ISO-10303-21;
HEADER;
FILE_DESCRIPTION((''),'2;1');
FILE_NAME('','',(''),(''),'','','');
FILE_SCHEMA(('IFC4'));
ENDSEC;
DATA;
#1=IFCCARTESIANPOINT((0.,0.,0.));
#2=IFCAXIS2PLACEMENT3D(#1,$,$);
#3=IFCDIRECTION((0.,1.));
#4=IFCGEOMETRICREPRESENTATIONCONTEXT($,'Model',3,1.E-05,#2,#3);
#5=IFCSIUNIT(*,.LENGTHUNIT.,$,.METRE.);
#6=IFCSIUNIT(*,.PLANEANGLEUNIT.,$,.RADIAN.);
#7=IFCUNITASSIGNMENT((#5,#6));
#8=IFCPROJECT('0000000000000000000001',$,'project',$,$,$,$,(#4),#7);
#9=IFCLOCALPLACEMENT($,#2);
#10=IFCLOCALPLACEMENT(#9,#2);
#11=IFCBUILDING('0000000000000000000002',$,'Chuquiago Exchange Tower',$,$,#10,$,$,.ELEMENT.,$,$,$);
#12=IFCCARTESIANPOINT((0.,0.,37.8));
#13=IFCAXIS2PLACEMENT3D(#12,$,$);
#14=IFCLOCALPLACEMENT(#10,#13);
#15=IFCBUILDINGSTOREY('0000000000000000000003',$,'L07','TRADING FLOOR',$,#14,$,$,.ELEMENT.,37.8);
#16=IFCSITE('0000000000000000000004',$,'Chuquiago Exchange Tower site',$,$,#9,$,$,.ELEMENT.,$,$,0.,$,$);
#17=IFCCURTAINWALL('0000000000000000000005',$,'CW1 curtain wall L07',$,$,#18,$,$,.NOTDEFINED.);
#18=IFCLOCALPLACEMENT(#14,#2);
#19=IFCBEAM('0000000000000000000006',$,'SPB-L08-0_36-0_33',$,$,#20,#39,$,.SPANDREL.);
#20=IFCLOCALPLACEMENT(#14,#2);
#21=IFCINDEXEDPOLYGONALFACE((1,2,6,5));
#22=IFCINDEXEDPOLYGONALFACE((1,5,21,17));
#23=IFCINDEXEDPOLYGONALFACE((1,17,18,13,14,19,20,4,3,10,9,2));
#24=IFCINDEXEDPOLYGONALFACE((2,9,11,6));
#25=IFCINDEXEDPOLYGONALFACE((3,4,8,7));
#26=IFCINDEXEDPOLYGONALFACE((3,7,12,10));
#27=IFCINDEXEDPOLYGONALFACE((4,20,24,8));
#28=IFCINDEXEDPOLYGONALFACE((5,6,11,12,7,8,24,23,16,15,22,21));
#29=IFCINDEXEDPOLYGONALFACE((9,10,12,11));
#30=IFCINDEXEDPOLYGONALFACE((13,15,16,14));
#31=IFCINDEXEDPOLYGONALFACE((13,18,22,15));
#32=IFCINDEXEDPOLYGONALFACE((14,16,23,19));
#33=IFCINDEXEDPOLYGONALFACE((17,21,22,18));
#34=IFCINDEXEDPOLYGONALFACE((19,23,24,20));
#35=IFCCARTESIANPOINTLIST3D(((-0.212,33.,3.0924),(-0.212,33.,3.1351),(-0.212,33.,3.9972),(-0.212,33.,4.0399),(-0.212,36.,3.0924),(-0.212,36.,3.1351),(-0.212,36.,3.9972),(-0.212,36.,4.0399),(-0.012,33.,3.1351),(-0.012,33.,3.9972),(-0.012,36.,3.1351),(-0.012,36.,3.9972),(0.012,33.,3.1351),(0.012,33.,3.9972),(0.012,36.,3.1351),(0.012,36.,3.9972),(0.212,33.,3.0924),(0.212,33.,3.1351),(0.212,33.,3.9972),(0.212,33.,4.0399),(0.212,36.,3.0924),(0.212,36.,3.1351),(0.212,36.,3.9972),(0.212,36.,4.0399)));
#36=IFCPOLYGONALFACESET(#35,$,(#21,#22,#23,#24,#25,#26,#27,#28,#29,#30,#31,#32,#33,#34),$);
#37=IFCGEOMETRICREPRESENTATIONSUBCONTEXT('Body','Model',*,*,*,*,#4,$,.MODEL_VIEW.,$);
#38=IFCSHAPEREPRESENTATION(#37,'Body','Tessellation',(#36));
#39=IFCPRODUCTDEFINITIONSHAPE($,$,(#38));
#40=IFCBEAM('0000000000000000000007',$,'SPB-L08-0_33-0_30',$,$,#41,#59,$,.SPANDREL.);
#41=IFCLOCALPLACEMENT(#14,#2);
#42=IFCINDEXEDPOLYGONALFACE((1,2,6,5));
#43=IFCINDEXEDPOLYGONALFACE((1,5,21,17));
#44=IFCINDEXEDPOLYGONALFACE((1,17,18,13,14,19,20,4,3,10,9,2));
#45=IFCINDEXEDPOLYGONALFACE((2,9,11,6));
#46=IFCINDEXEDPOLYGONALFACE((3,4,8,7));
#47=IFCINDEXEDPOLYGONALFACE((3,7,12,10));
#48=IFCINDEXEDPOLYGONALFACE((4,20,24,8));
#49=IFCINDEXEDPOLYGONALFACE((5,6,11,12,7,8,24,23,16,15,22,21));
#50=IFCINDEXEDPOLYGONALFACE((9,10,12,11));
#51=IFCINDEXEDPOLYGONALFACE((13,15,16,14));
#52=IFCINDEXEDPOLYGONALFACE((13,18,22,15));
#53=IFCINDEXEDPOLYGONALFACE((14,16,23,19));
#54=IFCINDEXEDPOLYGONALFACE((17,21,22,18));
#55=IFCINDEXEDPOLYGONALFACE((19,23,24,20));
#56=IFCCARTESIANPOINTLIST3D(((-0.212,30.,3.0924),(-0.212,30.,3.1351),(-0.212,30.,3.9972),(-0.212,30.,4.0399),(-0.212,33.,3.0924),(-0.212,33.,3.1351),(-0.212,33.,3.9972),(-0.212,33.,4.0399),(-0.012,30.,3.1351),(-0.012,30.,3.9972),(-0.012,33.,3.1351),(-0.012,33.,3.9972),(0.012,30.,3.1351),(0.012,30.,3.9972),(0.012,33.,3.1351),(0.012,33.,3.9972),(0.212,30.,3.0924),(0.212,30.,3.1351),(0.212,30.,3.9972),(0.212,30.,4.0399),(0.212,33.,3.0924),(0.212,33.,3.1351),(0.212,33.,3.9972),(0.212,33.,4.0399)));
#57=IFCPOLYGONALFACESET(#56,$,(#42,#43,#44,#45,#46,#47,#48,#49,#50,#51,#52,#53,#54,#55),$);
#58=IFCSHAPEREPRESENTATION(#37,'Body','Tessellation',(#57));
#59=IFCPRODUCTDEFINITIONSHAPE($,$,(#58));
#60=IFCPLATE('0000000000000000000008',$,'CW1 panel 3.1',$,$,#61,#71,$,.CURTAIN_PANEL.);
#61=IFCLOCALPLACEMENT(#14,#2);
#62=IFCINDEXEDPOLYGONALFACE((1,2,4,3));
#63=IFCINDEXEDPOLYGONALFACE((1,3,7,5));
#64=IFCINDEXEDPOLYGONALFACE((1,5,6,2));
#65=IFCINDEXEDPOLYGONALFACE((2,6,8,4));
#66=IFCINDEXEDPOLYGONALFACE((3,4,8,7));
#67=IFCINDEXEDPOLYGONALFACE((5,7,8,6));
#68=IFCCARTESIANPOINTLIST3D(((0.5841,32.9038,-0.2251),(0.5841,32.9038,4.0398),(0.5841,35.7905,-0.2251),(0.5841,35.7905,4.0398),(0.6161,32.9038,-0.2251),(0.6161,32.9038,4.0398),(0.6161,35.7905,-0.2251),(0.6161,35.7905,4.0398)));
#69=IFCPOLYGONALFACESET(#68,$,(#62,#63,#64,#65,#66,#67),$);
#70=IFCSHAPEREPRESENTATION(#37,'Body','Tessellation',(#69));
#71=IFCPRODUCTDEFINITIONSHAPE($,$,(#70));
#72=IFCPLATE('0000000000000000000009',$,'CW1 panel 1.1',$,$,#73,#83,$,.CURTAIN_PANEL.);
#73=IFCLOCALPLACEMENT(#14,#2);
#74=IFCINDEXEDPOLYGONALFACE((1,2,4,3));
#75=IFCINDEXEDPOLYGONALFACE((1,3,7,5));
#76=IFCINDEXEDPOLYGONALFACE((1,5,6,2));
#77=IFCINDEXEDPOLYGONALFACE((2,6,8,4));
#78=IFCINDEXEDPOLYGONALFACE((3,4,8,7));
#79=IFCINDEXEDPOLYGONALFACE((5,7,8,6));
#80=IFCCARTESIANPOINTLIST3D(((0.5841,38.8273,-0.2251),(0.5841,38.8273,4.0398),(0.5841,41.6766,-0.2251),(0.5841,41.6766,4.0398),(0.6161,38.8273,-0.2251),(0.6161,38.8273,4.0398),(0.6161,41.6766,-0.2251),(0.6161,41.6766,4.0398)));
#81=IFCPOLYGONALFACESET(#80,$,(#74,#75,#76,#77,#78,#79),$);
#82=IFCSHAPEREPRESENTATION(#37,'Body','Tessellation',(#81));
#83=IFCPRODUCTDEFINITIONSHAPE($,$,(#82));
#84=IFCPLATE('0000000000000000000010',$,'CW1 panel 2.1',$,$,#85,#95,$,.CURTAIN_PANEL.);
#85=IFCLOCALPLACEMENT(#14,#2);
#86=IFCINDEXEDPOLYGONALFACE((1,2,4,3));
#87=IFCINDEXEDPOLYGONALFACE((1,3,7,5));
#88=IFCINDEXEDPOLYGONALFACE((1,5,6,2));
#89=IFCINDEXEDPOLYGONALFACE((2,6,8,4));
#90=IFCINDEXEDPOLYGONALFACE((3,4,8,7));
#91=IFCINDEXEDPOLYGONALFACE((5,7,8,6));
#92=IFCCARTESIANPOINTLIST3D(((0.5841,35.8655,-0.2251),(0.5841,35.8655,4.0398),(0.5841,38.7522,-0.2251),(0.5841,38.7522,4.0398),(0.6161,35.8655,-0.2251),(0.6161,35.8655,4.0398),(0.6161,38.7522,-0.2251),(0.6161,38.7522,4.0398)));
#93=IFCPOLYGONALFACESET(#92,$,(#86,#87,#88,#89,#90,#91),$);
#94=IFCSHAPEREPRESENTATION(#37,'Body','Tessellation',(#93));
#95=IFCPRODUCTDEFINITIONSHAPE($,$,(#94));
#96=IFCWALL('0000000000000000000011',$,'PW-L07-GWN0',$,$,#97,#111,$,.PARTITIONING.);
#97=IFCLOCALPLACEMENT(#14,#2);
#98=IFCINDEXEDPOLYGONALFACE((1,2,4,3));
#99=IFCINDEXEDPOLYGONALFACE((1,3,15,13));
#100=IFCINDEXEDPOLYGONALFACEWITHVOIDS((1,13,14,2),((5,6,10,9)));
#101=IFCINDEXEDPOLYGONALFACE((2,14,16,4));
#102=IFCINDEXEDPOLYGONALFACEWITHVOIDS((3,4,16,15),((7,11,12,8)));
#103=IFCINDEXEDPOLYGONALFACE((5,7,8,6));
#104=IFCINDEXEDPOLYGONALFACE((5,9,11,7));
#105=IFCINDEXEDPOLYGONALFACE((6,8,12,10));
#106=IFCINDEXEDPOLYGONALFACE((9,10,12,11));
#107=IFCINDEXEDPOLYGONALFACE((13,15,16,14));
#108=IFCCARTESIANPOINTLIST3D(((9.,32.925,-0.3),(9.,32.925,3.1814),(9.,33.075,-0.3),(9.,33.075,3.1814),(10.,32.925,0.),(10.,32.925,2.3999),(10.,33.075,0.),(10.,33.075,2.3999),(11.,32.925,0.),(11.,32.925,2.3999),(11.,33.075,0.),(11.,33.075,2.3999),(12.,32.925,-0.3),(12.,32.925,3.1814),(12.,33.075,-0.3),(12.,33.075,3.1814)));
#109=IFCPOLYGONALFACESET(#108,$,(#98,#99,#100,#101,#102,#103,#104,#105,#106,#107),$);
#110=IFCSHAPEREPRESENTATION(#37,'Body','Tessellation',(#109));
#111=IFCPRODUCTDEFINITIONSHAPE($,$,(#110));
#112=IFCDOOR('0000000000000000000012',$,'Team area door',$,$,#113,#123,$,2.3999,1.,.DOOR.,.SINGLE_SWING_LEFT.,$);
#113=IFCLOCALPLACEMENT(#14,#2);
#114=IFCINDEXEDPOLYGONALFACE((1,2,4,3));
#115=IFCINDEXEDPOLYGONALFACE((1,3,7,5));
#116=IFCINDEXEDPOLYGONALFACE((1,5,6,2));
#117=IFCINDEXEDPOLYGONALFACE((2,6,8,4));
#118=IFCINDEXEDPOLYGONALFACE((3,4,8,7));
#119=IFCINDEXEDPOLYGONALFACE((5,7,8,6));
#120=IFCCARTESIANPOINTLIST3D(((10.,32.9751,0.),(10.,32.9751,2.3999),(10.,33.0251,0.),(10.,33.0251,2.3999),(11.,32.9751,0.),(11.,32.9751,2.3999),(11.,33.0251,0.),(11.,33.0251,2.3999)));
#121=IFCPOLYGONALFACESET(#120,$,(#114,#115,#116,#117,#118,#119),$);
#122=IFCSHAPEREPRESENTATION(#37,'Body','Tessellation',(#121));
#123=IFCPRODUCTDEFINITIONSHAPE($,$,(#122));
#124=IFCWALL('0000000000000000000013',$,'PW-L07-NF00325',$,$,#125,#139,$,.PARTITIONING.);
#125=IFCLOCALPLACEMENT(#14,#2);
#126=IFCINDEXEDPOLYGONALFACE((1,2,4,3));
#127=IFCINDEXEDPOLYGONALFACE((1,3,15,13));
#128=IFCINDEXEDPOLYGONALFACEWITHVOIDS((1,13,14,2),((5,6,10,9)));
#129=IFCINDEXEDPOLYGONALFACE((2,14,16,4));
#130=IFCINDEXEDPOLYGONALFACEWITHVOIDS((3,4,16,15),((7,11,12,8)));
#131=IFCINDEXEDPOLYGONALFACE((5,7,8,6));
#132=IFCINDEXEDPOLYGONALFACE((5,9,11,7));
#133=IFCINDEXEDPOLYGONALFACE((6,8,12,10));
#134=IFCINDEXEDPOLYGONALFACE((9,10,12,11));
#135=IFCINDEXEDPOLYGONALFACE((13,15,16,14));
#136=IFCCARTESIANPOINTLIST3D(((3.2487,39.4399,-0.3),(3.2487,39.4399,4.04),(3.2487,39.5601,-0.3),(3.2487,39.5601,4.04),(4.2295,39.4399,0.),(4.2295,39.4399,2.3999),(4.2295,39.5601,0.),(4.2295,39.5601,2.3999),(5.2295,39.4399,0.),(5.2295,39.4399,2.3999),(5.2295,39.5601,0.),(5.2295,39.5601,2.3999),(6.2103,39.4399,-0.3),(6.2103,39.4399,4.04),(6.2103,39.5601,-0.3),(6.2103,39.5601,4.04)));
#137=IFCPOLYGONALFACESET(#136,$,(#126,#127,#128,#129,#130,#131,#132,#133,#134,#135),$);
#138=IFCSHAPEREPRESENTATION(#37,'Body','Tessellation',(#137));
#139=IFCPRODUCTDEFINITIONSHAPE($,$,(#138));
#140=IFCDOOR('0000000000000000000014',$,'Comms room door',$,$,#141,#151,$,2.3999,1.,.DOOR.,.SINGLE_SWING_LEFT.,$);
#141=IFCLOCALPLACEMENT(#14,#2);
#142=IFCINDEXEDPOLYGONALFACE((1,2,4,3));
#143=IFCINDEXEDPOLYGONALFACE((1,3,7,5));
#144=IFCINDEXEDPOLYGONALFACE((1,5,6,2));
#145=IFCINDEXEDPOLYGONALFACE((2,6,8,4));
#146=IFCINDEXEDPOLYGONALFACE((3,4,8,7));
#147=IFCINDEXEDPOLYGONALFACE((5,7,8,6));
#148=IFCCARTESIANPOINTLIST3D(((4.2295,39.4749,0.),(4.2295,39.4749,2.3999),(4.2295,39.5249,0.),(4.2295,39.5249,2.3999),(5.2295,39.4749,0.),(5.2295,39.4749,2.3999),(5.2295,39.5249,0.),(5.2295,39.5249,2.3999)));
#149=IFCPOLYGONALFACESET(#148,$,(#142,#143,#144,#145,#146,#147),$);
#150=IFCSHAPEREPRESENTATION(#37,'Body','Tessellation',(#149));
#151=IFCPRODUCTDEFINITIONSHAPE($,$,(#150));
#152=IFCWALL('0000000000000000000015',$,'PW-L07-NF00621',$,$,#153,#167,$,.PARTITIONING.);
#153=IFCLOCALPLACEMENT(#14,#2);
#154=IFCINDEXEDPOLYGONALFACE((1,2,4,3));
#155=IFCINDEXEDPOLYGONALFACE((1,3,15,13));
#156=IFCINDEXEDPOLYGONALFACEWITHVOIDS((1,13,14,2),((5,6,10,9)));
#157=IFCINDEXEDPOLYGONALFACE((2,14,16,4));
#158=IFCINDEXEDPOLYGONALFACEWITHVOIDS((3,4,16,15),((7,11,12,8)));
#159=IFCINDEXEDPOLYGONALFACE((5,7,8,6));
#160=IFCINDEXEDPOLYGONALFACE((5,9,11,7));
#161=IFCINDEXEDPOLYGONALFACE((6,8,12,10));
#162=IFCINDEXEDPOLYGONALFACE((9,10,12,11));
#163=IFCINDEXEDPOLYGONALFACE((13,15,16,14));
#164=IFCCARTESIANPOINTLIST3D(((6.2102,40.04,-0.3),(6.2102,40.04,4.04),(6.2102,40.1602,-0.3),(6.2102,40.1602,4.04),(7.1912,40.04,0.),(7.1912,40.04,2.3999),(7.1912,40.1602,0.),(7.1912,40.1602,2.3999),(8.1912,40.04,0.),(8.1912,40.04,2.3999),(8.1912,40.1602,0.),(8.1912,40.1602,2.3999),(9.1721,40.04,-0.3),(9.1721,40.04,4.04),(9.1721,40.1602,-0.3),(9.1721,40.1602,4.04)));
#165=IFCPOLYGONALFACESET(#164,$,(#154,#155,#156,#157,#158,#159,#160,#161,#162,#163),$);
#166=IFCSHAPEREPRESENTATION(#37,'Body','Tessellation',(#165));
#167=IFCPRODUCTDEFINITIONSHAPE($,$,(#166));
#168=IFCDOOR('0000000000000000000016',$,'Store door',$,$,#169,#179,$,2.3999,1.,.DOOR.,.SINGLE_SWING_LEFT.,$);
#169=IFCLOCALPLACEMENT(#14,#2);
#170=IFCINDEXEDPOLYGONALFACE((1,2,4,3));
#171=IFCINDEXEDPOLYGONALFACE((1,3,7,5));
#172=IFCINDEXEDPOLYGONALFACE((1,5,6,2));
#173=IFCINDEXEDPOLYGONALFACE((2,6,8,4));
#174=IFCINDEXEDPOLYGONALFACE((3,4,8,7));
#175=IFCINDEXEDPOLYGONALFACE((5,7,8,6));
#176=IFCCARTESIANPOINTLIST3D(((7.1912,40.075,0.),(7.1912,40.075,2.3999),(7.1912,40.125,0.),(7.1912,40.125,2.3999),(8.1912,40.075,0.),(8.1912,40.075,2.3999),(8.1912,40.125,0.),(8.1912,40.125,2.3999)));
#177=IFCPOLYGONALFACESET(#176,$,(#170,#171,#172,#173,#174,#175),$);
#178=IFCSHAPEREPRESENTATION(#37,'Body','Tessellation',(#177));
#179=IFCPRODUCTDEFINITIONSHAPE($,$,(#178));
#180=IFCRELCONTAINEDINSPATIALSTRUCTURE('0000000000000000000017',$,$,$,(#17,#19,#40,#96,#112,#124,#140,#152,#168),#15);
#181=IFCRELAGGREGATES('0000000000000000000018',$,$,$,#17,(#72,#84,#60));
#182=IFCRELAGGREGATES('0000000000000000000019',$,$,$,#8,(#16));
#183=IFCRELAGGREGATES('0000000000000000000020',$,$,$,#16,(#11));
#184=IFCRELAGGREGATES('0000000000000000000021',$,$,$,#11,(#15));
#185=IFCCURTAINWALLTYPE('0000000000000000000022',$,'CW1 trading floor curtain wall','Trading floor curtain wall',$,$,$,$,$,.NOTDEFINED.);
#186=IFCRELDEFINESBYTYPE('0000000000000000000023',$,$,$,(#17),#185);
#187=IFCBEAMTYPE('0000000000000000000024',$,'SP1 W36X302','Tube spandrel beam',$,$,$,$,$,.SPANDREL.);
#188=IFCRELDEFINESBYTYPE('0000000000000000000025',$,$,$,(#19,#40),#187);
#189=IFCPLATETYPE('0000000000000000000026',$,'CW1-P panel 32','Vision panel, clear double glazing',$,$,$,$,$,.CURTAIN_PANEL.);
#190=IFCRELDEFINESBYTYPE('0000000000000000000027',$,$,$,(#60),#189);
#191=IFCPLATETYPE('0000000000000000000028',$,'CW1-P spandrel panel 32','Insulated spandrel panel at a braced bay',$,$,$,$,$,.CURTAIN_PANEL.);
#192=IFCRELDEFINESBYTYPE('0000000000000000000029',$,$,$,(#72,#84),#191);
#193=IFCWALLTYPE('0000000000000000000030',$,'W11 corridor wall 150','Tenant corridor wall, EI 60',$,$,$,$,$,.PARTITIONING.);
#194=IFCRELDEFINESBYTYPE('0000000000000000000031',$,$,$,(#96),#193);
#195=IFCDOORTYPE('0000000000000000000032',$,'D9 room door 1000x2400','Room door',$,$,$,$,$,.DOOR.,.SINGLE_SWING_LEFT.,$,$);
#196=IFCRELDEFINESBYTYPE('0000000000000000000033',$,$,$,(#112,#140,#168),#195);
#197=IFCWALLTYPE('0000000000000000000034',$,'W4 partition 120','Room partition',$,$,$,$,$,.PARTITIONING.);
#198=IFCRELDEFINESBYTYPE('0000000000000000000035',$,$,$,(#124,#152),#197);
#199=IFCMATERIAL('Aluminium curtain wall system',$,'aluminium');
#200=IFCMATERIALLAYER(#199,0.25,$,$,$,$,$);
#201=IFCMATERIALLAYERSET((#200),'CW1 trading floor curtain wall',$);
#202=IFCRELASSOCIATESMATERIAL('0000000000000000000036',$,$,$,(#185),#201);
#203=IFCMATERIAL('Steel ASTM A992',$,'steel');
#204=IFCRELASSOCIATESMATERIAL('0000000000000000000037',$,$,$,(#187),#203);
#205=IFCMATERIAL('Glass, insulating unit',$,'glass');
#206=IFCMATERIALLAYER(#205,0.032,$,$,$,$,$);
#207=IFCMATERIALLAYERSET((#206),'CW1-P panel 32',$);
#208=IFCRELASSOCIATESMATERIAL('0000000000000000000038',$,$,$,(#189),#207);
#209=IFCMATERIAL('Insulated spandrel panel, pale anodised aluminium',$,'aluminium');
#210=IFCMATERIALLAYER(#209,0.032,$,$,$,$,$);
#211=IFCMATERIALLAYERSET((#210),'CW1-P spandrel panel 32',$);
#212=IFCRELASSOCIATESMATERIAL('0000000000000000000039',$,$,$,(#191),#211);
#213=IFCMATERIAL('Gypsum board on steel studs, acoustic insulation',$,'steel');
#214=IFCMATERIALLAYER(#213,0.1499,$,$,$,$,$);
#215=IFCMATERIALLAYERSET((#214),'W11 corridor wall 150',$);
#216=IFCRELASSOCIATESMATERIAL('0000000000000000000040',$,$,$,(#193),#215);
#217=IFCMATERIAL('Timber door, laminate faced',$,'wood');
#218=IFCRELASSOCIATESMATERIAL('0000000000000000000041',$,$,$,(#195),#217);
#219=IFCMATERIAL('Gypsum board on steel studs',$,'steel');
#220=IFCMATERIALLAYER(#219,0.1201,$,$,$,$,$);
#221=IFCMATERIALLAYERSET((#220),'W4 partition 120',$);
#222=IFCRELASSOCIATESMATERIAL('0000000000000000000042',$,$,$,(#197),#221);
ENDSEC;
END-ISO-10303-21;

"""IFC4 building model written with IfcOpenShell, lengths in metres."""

from ifc_helpers import new_model, si_unit, direction, frame, frame_2d, origin, origin_2d, place, context, subcontext, project, spatial, rectangle, i_section, extrude, material, layer, layer_set, material_profile, profile_set, type_object, element, fill, aggregate, save


model = new_model("IFC4")

# Units and contexts
model_context = context("Model", 3, precision=1e-05, world=origin(), true_north=direction((0.0, 1.0)))
body_context = subcontext(model_context, "Body", "Model", "MODEL_VIEW")
ifc_project = project(units=[si_unit("LENGTHUNIT", "METRE"), si_unit("PLANEANGLEUNIT", "RADIAN")], contexts=[model_context])

# Site, building, storey
site_placement = place(None, origin())
site = spatial("IfcSite", under=ifc_project, at=site_placement, Name="Chuquiago Exchange Tower site", CompositionType="ELEMENT", RefElevation=0.0)
building_placement = place(site_placement, origin())
building = spatial("IfcBuilding", under=site, at=building_placement, Name="Chuquiago Exchange Tower", CompositionType="ELEMENT")
storey_placement = place(building_placement, frame((0.0, 0.0, 37.8)))
storey = spatial("IfcBuildingStorey", under=building, at=storey_placement, Name="L07", Description="TRADING FLOOR", CompositionType="ELEMENT", Elevation=37.8)

# Curtain wall
ifc_material_1 = material(Name="Aluminium curtain wall system", Category="aluminium")
ifc_layer_1 = layer(ifc_material_1, 0.25)
ifc_layer_set_1 = layer_set([ifc_layer_1], Name="CW1 trading floor curtain wall")
curtain_wall_type_1 = type_object("IfcCurtainWallType", Name="CW1 trading floor curtain wall", Description="Trading floor curtain wall", PredefinedType="NOTDEFINED", material=ifc_layer_set_1)
curtain_wall_1_placement = place(storey_placement, origin())
curtain_wall_1 = element("IfcCurtainWall", 1, at=curtain_wall_1_placement, inside=storey, type_object=curtain_wall_type_1, Name="CW1 curtain wall L07", PredefinedType="NOTDEFINED")

# Beams
ifc_material_2 = material(Name="Steel ASTM A992", Category="steel")
ifc_material_profile_1 = material_profile(ifc_material_2, i_section(OverallWidth=0.4241, OverallDepth=0.9475, WebThickness=0.0239, FlangeThickness=0.0427, at=origin_2d()), Name="W36X302")
ifc_profile_set_1 = profile_set([ifc_material_profile_1], Name="Steel ASTM A992")
beam_type = type_object("IfcBeamType", Name="SP1 W36X302", Description="Tube spandrel beam", PredefinedType="SPANDREL", material=ifc_profile_set_1)
for number, where, z_axis, x_axis, name in (
    (2, (0.0, 36.0, 3.5662), (0.0, -1.0, 0.0), (1.0, 0.0, 0.0), "SPB-L08-0_36-0_33"),
    (3, (0.0, 33.0, 3.5662), (0.0, -1.0, 0.0), (1.0, 0.0, 0.0), "SPB-L08-0_33-0_30"),
):
    element("IfcBeam", number, at=place(storey_placement, frame(where, z_axis=z_axis, x_axis=x_axis)), inside=storey, type_object=beam_type, Name=name, PredefinedType="SPANDREL", context=body_context, shape_type="SweptSolid", body=[
        extrude(i_section(OverallWidth=0.4241, OverallDepth=0.9475, WebThickness=0.0239, FlangeThickness=0.0427, at=origin_2d()), origin(), (0.0, 0.0, 1.0), 3.0),
    ])

# Plates
ifc_material_3 = material(Name="Glass, insulating unit", Category="glass")
ifc_layer_2 = layer(ifc_material_3, 0.032)
ifc_layer_set_2 = layer_set([ifc_layer_2], Name="CW1-P panel 32")
plate_type_1 = type_object("IfcPlateType", Name="CW1-P panel 32", Description="Vision panel, clear double glazing", PredefinedType="CURTAIN_PANEL", material=ifc_layer_set_2)
plate_1_placement = place(storey_placement, frame((0.6001, 34.3472, -0.2251), z_axis=(0.0, 0.0, 1.0), x_axis=(0.0, -1.0, 0.0)))
plate_1 = element("IfcPlate", 4, at=plate_1_placement, type_object=plate_type_1, Name="CW1 panel 3.1", PredefinedType="CURTAIN_PANEL", context=body_context, shape_type="SweptSolid", body=[
    extrude(rectangle(XDim=2.8867, YDim=0.032, at=origin_2d()), origin(), (0.0, 0.0, 1.0), 4.2649),
])
ifc_material_4 = material(Name="Insulated spandrel panel, pale anodised aluminium", Category="aluminium")
ifc_layer_3 = layer(ifc_material_4, 0.032)
ifc_layer_set_3 = layer_set([ifc_layer_3], Name="CW1-P spandrel panel 32")
plate_type_2 = type_object("IfcPlateType", Name="CW1-P spandrel panel 32", Description="Insulated spandrel panel at a braced bay", PredefinedType="CURTAIN_PANEL", material=ifc_layer_set_3)
plate_2_placement = place(storey_placement, frame((0.6001, 40.252, -0.2251), z_axis=(0.0, 0.0, 1.0), x_axis=(0.0, -1.0, 0.0)))
plate_2 = element("IfcPlate", 5, at=plate_2_placement, type_object=plate_type_2, Name="CW1 panel 1.1", PredefinedType="CURTAIN_PANEL", context=body_context, shape_type="SweptSolid", body=[
    extrude(rectangle(XDim=2.8494, YDim=0.032, at=origin_2d()), origin(), (0.0, 0.0, 1.0), 4.2649),
])
plate_3_placement = place(storey_placement, frame((0.6001, 37.3088, -0.2251), z_axis=(0.0, 0.0, 1.0), x_axis=(0.0, -1.0, 0.0)))
plate_3 = element("IfcPlate", 6, at=plate_3_placement, type_object=plate_type_2, Name="CW1 panel 2.1", PredefinedType="CURTAIN_PANEL", context=body_context, shape_type="SweptSolid", body=[
    extrude(rectangle(XDim=2.8867, YDim=0.032, at=origin_2d()), origin(), (0.0, 0.0, 1.0), 4.2649),
])
aggregate(curtain_wall_1, [plate_2, plate_3, plate_1])

# Walls, openings, doors
ifc_material_5 = material(Name="Gypsum board on steel studs, acoustic insulation", Category="steel")
ifc_layer_4 = layer(ifc_material_5, 0.1499)
ifc_layer_set_4 = layer_set([ifc_layer_4], Name="W11 corridor wall 150")
wall_type_1 = type_object("IfcWallType", Name="W11 corridor wall 150", Description="Tenant corridor wall, EI 60", PredefinedType="PARTITIONING", material=ifc_layer_set_4)
wall_1_placement = place(storey_placement, frame((9.0, 33.0, -0.3), z_axis=(0.0, 0.0, 1.0), x_axis=(1.0, 0.0, 0.0)))
wall_1 = element("IfcWall", 7, at=wall_1_placement, inside=storey, type_object=wall_type_1, Name="PW-L07-GWN0", PredefinedType="PARTITIONING", context=body_context, shape_type="SweptSolid", body=[
    extrude(rectangle(XDim=3.0, YDim=0.1499, at=frame_2d((1.5, 0.0))), origin(), (0.0, 0.0, 1.0), 3.4814),
])
opening_1_placement = place(wall_1_placement, frame((1.0, 0.0, 0.3)))
opening_1 = element("IfcOpeningElement", 8, at=opening_1_placement, cuts=wall_1, PredefinedType="OPENING", context=body_context, shape_type="SweptSolid", body=[
    extrude(rectangle(XDim=1.0, YDim=2.3999, at=frame_2d((0.5, 1.2))), frame((0.0, 0.085, 0.0), z_axis=(0.0, -1.0, 0.0), x_axis=(1.0, 0.0, 0.0)), (0.0, 0.0, 1.0), 0.1699),
])
ifc_material_6 = material(Name="Timber door, laminate faced", Category="wood")
door_type = type_object("IfcDoorType", Name="D9 room door 1000x2400", Description="Room door", OperationType="SINGLE_SWING_LEFT", PredefinedType="DOOR", material=ifc_material_6)
door_1_placement = place(opening_1_placement, frame((1.0, 0.0, 0.0), z_axis=(0.0, 0.0, 1.0), x_axis=(-1.0, 0.0, 0.0)))
door_1 = element("IfcDoor", 9, at=door_1_placement, inside=storey, type_object=door_type, Name="Team area door", OperationType="SINGLE_SWING_LEFT", OverallHeight=2.3999, OverallWidth=1.0, PredefinedType="DOOR", context=body_context, shape_type="SweptSolid", body=[
    extrude(rectangle(XDim=1.0, YDim=2.3999, at=frame_2d((0.5, 1.2))), frame((0.0, 0.0249, 0.0), z_axis=(0.0, -1.0, 0.0), x_axis=(1.0, 0.0, 0.0)), (0.0, 0.0, 1.0), 0.05),
])
fill(opening_1, door_1)
ifc_material_7 = material(Name="Gypsum board on steel studs", Category="steel")
ifc_layer_5 = layer(ifc_material_7, 0.1201)
ifc_layer_set_5 = layer_set([ifc_layer_5], Name="W4 partition 120")
wall_type_2 = type_object("IfcWallType", Name="W4 partition 120", Description="Room partition", PredefinedType="PARTITIONING", material=ifc_layer_set_5)
wall_2_placement = place(storey_placement, frame((3.2485, 39.5, -0.3), z_axis=(0.0, 0.0, 1.0), x_axis=(1.0, 0.0, 0.0)))
wall_2 = element("IfcWall", 10, at=wall_2_placement, inside=storey, type_object=wall_type_2, Name="PW-L07-NF00325", PredefinedType="PARTITIONING", context=body_context, shape_type="SweptSolid", body=[
    extrude(rectangle(XDim=2.9617, YDim=0.1201, at=frame_2d((1.481, 0.0))), origin(), (0.0, 0.0, 1.0), 4.3401),
])
opening_2_placement = place(wall_2_placement, frame((0.981, 0.0, 0.3)))
opening_2 = element("IfcOpeningElement", 11, at=opening_2_placement, cuts=wall_2, PredefinedType="OPENING", context=body_context, shape_type="SweptSolid", body=[
    extrude(rectangle(XDim=1.0, YDim=2.3999, at=frame_2d((0.5, 1.2))), frame((0.0, 0.0701, 0.0), z_axis=(0.0, -1.0, 0.0), x_axis=(1.0, 0.0, 0.0)), (0.0, 0.0, 1.0), 0.1401),
])
door_2_placement = place(opening_2_placement, origin())
door_2 = element("IfcDoor", 12, at=door_2_placement, inside=storey, type_object=door_type, Name="Comms room door", OperationType="SINGLE_SWING_LEFT", OverallHeight=2.3999, OverallWidth=1.0, PredefinedType="DOOR", context=body_context, shape_type="SweptSolid", body=[
    extrude(rectangle(XDim=1.0, YDim=2.3999, at=frame_2d((0.5, 1.2))), frame((0.0, 0.0249, 0.0), z_axis=(0.0, -1.0, 0.0), x_axis=(1.0, 0.0, 0.0)), (0.0, 0.0, 1.0), 0.05),
])
fill(opening_2, door_2)
wall_3_placement = place(storey_placement, frame((6.2102, 40.1001, -0.3), z_axis=(0.0, 0.0, 1.0), x_axis=(1.0, 0.0, 0.0)))
wall_3 = element("IfcWall", 13, at=wall_3_placement, inside=storey, type_object=wall_type_2, Name="PW-L07-NF00621", PredefinedType="PARTITIONING", context=body_context, shape_type="SweptSolid", body=[
    extrude(rectangle(XDim=2.9619, YDim=0.1201, at=frame_2d((1.481, 0.0))), origin(), (0.0, 0.0, 1.0), 4.3401),
])
opening_3_placement = place(wall_3_placement, frame((0.981, 0.0, 0.3)))
opening_3 = element("IfcOpeningElement", 14, at=opening_3_placement, cuts=wall_3, PredefinedType="OPENING", context=body_context, shape_type="SweptSolid", body=[
    extrude(rectangle(XDim=1.0, YDim=2.3999, at=frame_2d((0.5, 1.2))), frame((0.0, 0.0701, 0.0), z_axis=(0.0, -1.0, 0.0), x_axis=(1.0, 0.0, 0.0)), (0.0, 0.0, 1.0), 0.1401),
])
door_3_placement = place(opening_3_placement, origin())
door_3 = element("IfcDoor", 15, at=door_3_placement, inside=storey, type_object=door_type, Name="Store door", OperationType="SINGLE_SWING_LEFT", OverallHeight=2.3999, OverallWidth=1.0, PredefinedType="DOOR", context=body_context, shape_type="SweptSolid", body=[
    extrude(rectangle(XDim=1.0, YDim=2.3999, at=frame_2d((0.5, 1.2))), frame((0.0, 0.0249, 0.0), z_axis=(0.0, -1.0, 0.0), x_axis=(1.0, 0.0, 0.0)), (0.0, 0.0, 1.0), 0.05),
])
fill(opening_3, door_3)

save(model, "model.ifc")
